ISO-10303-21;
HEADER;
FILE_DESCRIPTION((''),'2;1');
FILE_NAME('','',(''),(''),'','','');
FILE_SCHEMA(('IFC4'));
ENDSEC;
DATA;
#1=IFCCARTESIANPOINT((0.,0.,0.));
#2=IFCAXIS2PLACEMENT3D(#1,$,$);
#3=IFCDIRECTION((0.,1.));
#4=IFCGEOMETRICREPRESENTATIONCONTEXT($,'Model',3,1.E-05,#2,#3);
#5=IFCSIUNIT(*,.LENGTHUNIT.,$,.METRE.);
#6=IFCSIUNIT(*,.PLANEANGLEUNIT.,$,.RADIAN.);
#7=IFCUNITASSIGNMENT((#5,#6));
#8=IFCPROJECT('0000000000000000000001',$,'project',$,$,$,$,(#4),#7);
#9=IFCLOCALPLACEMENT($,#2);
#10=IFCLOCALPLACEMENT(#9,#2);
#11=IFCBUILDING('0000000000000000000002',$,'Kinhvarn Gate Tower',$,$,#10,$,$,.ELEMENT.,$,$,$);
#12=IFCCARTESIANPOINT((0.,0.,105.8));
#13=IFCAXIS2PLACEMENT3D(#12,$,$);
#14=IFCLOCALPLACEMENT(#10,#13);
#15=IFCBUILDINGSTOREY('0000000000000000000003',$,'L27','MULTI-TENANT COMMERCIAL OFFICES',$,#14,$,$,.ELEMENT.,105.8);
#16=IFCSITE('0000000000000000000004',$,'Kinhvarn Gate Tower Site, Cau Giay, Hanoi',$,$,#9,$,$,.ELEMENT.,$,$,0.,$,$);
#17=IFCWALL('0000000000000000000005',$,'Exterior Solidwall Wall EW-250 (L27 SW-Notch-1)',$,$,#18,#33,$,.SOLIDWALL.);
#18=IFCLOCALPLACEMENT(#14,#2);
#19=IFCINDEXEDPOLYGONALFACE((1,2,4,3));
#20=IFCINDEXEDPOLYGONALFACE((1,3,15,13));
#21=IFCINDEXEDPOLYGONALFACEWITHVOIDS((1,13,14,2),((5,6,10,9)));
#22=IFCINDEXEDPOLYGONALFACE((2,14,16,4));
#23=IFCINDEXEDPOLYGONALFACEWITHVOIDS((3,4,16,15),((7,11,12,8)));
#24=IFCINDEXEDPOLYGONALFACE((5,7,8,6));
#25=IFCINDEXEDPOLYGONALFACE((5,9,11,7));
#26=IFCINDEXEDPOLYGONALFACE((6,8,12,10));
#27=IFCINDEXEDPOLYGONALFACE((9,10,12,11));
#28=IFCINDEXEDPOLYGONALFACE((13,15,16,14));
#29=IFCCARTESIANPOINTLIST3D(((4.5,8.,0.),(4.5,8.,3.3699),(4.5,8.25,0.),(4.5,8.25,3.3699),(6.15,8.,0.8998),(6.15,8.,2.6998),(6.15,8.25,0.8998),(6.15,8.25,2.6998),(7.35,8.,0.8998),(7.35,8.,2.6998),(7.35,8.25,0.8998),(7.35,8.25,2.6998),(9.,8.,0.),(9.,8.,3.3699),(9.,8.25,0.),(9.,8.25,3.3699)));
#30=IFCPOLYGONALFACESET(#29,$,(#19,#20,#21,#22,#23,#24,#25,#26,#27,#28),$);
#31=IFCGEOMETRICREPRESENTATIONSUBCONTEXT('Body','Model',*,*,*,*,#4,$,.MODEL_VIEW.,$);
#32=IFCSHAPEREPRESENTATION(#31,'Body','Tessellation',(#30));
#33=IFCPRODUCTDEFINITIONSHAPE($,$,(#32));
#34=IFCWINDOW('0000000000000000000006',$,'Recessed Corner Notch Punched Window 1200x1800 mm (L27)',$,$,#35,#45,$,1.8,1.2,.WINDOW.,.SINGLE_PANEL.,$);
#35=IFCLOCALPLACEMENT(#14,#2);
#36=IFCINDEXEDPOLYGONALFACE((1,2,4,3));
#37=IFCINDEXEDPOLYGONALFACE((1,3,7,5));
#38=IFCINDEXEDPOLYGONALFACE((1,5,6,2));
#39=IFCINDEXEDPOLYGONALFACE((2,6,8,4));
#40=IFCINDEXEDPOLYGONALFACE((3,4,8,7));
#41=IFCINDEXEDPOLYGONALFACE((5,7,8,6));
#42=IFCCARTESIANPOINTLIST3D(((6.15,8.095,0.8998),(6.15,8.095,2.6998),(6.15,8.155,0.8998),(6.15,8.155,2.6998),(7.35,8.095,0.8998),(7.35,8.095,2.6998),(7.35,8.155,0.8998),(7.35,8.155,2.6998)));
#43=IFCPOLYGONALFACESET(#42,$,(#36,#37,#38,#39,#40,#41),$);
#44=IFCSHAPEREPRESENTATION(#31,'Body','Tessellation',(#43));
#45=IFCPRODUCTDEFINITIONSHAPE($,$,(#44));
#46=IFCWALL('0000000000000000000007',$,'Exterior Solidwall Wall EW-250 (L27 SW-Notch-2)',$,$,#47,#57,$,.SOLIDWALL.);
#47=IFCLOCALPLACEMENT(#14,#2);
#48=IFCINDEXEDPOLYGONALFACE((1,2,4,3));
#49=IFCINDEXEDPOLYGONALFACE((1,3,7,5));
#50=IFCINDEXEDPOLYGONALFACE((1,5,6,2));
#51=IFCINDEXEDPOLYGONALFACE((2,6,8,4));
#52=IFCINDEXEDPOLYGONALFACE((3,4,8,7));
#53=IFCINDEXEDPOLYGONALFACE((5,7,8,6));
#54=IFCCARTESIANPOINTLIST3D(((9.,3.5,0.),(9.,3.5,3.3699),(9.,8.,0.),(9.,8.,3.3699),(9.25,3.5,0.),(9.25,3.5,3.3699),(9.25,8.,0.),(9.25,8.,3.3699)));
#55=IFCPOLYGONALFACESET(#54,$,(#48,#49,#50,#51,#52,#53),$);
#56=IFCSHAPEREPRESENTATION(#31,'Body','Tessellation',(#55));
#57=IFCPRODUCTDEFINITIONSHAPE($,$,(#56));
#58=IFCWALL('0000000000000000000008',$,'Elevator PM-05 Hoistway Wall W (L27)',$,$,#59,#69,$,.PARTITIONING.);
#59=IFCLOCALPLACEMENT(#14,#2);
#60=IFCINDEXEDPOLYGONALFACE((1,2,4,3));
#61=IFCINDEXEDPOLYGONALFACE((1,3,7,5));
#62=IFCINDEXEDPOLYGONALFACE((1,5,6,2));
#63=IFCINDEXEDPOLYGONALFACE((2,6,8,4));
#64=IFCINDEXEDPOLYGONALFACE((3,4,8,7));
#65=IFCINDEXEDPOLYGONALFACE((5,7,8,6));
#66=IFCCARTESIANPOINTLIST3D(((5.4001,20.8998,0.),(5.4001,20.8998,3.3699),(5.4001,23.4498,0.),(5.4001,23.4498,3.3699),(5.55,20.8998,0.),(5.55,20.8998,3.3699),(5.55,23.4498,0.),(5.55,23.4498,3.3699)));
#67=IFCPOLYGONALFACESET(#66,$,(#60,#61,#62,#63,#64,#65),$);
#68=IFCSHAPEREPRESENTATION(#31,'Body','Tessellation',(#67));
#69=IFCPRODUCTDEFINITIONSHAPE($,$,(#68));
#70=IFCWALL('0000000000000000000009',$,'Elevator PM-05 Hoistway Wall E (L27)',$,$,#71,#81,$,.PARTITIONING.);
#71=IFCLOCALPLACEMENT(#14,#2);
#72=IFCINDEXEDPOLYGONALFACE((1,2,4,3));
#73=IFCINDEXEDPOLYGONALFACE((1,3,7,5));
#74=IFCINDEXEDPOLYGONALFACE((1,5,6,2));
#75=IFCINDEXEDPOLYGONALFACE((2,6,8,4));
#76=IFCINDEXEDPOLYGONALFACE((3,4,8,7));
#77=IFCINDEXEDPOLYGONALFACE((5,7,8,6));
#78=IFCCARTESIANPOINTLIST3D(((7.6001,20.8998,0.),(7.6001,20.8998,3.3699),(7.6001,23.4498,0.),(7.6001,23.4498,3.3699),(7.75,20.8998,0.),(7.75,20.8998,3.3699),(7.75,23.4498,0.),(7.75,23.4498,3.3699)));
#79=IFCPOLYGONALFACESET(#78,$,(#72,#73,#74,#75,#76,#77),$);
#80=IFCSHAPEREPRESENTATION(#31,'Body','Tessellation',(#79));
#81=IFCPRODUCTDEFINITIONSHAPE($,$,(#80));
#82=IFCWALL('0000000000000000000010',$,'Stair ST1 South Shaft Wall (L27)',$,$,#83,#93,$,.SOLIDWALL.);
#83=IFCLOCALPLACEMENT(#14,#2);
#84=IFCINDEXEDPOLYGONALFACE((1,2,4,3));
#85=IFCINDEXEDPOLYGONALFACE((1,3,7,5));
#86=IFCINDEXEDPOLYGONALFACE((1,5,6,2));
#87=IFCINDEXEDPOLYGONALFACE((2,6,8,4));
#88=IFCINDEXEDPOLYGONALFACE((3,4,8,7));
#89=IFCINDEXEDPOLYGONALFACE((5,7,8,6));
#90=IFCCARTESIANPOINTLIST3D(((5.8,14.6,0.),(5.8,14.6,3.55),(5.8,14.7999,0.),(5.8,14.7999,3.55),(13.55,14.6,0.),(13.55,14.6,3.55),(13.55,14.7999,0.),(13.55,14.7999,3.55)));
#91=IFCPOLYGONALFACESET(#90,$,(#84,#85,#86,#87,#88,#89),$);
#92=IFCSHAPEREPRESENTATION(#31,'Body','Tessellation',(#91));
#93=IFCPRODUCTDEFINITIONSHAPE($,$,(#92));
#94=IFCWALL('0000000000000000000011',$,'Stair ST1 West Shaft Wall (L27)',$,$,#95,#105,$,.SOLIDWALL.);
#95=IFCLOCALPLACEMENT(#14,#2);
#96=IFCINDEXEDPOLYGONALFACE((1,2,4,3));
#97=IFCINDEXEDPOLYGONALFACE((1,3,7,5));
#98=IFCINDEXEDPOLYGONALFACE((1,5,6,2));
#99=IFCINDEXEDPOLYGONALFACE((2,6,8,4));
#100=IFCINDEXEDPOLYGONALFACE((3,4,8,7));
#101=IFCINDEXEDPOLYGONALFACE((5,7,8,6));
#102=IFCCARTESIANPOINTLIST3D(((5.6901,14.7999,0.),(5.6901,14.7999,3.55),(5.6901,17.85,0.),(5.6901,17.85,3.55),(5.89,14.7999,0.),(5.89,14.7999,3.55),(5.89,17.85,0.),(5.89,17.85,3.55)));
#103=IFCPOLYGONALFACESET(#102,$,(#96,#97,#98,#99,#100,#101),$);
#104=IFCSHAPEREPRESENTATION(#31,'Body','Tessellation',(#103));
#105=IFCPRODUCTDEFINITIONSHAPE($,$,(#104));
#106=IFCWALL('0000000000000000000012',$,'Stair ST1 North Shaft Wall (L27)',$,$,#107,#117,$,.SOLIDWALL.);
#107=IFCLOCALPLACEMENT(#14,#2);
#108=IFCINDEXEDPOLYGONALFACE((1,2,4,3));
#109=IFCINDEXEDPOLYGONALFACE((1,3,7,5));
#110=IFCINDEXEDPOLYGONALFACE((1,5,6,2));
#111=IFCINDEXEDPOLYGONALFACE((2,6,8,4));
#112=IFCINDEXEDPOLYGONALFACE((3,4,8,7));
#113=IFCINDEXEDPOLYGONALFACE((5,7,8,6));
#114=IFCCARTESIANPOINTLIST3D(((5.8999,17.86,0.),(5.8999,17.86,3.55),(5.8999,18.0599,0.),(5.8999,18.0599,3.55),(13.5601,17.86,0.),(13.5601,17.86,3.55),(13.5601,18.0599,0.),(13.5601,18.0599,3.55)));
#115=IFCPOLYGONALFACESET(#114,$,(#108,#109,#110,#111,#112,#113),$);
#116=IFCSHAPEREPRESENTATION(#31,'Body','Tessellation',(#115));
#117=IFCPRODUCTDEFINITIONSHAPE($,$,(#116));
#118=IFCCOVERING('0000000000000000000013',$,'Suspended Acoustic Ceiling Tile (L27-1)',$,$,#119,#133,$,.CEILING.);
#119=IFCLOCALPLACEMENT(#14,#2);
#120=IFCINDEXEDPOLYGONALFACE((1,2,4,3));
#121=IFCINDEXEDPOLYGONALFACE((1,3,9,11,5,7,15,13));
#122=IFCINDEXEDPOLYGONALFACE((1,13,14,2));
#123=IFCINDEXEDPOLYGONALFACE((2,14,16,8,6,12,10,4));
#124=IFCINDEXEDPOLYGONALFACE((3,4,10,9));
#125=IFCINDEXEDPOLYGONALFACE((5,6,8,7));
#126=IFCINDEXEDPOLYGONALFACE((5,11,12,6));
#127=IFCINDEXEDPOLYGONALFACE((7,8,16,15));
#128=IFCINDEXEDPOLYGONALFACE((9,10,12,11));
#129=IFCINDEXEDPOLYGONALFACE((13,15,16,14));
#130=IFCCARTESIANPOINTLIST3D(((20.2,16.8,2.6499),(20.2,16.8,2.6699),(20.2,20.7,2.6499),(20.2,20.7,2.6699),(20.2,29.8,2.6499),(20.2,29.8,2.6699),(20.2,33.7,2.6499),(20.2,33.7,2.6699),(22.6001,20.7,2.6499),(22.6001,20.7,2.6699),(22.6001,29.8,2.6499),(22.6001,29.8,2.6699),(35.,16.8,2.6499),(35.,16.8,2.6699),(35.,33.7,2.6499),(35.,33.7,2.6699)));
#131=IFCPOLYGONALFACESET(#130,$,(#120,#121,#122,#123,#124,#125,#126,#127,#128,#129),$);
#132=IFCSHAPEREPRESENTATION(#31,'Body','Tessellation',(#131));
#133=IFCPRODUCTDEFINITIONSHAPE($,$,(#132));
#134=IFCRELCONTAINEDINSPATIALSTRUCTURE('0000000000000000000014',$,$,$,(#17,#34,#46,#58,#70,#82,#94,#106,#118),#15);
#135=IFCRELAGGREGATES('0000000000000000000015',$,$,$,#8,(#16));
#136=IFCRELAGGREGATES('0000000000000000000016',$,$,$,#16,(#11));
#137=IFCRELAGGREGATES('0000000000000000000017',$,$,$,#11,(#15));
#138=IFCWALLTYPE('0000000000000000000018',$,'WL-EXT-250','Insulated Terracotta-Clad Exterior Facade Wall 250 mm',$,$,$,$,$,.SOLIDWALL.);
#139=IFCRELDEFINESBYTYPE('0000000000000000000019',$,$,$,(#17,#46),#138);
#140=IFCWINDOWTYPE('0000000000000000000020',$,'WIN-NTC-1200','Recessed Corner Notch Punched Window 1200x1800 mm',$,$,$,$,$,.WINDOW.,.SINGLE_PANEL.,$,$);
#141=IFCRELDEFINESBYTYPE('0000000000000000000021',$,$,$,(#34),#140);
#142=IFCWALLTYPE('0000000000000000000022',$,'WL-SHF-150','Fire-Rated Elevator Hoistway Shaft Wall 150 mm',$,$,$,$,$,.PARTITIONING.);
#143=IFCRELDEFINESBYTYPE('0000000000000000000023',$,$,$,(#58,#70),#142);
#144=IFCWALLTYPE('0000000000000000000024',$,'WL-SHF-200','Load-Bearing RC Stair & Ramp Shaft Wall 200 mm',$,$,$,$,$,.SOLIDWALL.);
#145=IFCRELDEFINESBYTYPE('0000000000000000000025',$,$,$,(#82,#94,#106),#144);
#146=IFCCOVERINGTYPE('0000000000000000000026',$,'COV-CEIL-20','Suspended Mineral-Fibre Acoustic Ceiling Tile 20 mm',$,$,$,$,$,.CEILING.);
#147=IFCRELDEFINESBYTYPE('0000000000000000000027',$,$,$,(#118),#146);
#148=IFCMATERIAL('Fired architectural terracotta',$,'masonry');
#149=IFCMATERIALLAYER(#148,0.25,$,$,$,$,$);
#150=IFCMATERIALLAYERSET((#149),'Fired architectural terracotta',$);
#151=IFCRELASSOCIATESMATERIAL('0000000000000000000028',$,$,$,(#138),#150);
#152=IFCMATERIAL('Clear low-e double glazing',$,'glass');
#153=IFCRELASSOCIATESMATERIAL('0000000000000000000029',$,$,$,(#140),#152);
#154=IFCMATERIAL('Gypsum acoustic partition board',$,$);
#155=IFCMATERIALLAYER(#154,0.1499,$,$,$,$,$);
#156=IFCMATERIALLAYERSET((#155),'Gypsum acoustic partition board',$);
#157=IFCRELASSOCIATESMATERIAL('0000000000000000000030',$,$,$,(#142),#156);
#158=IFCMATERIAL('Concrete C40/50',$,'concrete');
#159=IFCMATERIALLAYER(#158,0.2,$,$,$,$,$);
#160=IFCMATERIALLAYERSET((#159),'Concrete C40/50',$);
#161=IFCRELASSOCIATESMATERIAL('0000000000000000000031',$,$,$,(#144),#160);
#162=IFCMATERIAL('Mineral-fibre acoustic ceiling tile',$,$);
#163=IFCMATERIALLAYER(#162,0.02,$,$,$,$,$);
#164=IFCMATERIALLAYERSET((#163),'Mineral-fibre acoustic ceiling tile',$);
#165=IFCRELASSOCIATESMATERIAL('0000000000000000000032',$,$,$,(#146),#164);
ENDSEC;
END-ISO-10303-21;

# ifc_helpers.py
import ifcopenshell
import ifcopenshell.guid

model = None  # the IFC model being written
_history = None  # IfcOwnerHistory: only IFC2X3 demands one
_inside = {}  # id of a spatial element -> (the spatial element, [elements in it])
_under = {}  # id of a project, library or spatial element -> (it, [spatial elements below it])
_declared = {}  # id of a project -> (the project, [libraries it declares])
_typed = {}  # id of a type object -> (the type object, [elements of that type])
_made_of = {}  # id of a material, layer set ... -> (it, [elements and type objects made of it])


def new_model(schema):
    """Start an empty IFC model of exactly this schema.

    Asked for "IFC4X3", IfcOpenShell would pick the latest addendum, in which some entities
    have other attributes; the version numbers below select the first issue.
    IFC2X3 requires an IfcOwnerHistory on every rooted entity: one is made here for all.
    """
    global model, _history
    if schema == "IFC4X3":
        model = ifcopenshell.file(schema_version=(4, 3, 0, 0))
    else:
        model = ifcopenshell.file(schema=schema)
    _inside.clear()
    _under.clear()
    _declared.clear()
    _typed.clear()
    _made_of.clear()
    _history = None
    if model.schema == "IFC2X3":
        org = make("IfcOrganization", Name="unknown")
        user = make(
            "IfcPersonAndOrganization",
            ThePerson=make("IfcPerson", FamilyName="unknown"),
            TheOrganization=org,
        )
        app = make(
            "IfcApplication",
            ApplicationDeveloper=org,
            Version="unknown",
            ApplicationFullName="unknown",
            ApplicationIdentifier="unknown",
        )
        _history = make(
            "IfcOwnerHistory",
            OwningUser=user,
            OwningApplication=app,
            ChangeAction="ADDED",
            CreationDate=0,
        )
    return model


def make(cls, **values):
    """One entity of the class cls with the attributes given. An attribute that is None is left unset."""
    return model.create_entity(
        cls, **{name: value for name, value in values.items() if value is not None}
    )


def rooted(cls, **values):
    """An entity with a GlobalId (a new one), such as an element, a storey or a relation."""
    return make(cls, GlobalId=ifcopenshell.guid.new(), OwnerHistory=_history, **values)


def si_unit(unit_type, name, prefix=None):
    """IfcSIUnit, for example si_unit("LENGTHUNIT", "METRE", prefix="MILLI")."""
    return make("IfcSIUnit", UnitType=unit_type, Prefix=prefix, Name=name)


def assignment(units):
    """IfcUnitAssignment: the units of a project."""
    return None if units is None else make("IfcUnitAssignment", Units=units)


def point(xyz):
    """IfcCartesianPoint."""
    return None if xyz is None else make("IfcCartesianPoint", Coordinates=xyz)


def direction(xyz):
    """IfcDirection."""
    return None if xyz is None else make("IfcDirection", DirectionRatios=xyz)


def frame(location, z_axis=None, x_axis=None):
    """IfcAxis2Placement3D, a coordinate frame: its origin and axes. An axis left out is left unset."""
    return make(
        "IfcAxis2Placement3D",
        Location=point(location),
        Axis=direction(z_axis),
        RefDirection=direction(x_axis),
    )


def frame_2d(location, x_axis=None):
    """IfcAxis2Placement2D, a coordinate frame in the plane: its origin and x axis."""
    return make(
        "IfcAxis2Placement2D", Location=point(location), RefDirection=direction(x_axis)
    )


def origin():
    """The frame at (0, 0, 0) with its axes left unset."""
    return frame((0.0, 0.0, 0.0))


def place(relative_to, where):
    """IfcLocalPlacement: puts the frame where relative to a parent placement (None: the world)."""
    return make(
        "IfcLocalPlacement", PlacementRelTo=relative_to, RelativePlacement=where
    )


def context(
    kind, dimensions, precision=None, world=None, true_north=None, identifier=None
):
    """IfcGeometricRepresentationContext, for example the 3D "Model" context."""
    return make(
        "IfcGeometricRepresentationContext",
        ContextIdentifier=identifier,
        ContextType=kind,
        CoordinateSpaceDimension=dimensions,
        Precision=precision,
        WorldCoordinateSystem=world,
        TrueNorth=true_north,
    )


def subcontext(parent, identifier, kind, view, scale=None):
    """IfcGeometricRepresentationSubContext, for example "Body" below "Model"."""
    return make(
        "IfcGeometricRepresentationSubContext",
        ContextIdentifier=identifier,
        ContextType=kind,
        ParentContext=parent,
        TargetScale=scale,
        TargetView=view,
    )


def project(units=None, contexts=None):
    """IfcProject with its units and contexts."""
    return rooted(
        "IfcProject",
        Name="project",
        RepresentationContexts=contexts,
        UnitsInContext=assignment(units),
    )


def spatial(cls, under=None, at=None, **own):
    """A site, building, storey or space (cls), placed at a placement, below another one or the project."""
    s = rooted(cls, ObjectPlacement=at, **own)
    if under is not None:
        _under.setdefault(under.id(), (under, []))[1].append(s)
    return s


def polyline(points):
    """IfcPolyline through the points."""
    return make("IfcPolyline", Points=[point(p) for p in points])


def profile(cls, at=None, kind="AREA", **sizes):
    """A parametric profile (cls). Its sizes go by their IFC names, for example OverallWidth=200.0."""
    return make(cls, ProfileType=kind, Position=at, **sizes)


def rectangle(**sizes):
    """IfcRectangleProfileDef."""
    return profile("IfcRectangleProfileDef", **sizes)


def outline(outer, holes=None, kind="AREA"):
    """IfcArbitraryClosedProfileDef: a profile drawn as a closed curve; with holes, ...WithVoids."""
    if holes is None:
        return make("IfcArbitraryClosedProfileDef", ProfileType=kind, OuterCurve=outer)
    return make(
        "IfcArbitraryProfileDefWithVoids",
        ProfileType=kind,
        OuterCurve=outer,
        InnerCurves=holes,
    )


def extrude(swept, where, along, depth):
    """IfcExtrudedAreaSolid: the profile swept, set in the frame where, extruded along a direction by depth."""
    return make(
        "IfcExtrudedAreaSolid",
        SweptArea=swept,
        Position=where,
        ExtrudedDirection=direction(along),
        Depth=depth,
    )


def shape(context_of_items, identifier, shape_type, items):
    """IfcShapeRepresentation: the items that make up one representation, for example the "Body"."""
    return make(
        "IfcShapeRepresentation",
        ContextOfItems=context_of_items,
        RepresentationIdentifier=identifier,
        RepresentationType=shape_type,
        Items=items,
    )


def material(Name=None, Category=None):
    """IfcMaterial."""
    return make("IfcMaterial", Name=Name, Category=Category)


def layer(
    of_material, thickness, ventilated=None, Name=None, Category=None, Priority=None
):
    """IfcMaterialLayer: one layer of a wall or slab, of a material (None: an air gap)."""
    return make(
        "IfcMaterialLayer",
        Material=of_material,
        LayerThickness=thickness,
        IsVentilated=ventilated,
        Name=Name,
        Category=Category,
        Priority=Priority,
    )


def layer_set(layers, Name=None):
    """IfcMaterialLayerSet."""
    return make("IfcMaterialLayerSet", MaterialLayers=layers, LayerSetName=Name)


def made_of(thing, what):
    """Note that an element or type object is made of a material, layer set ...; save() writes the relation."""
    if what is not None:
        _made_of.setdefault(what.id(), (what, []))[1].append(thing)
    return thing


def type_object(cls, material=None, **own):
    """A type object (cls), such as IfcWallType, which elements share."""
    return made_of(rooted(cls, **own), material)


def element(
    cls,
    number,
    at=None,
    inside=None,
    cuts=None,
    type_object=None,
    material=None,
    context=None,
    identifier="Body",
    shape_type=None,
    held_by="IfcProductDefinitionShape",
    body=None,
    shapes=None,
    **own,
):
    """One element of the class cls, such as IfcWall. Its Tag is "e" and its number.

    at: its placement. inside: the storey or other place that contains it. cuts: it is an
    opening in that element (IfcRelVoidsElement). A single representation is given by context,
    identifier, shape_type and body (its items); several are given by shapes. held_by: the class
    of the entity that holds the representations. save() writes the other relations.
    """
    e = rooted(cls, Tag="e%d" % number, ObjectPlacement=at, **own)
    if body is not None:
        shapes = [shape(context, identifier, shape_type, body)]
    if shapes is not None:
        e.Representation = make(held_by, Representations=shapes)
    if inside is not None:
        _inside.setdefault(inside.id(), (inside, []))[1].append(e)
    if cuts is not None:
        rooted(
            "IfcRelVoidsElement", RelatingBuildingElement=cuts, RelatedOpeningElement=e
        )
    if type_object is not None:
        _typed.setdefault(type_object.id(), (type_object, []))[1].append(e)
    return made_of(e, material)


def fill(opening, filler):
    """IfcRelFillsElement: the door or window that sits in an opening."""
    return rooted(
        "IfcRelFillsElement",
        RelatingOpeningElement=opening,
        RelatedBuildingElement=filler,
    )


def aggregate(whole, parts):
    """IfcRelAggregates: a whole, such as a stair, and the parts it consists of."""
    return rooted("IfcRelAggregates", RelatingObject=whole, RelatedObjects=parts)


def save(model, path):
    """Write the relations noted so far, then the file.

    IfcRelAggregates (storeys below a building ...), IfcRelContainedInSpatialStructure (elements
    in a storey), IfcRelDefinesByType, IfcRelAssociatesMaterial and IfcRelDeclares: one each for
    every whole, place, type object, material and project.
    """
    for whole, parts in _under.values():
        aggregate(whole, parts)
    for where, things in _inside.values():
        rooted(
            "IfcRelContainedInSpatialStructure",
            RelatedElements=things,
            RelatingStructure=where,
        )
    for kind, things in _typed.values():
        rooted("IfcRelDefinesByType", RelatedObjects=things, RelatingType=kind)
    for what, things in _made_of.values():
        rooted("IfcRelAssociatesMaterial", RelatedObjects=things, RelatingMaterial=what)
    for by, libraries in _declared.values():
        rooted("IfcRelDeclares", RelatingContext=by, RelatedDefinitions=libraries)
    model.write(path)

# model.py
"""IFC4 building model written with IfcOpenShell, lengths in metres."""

from ifc_helpers import new_model, si_unit, direction, frame, frame_2d, origin, place, context, subcontext, project, spatial, polyline, rectangle, outline, extrude, material, layer, layer_set, type_object, element, fill, save


model = new_model("IFC4")

# Units and contexts
model_context = context("Model", 3, precision=1e-05, world=origin(), true_north=direction((0.0, 1.0)))
body_context = subcontext(model_context, "Body", "Model", "MODEL_VIEW")
ifc_project = project(units=[si_unit("LENGTHUNIT", "METRE"), si_unit("PLANEANGLEUNIT", "RADIAN")], contexts=[model_context])

# Site, building, storey
site_placement = place(None, origin())
site = spatial("IfcSite", under=ifc_project, at=site_placement, Name="Kinhvarn Gate Tower Site, Cau Giay, Hanoi", CompositionType="ELEMENT", RefElevation=0.0)
building_placement = place(site_placement, origin())
building = spatial("IfcBuilding", under=site, at=building_placement, Name="Kinhvarn Gate Tower", CompositionType="ELEMENT")
storey_placement = place(building_placement, frame((0.0, 0.0, 105.8)))
storey = spatial("IfcBuildingStorey", under=building, at=storey_placement, Name="L27", Description="MULTI-TENANT COMMERCIAL OFFICES", CompositionType="ELEMENT", Elevation=105.8)

# Wall, opening, window
ifc_material_1 = material(Name="Fired architectural terracotta", Category="masonry")
ifc_layer_1 = layer(ifc_material_1, 0.25)
ifc_layer_set_1 = layer_set([ifc_layer_1], Name="Fired architectural terracotta")
wall_type_1 = type_object("IfcWallType", Name="WL-EXT-250", Description="Insulated Terracotta-Clad Exterior Facade Wall 250 mm", PredefinedType="SOLIDWALL", material=ifc_layer_set_1)
ifc_material_2 = material(Name="Clear low-e double glazing", Category="glass")
wall_1_placement = place(storey_placement, frame((4.5, 8.125, 0.0), z_axis=(0.0, 0.0, 1.0), x_axis=(1.0, 0.0, 0.0)))
wall_1 = element("IfcWall", 1, at=wall_1_placement, inside=storey, type_object=wall_type_1, Name="Exterior Solidwall Wall EW-250 (L27 SW-Notch-1)", PredefinedType="SOLIDWALL", context=body_context, shape_type="SweptSolid", body=[
    extrude(rectangle(XDim=4.5, YDim=0.25, at=frame_2d((2.25, 0.0))), origin(), (0.0, 0.0, 1.0), 3.3699),
])
opening_1_placement = place(wall_1_placement, frame((1.6499, 0.0, 0.8999)))
opening_1 = element("IfcOpeningElement", 2, at=opening_1_placement, cuts=wall_1, PredefinedType="OPENING", context=body_context, shape_type="SweptSolid", body=[
    extrude(rectangle(XDim=1.2, YDim=1.8, at=frame_2d((0.6001, 0.8999))), frame((0.0, 0.135, 0.0), z_axis=(0.0, -1.0, 0.0), x_axis=(1.0, 0.0, 0.0)), (0.0, 0.0, 1.0), 0.27),
])
window_type_1 = type_object("IfcWindowType", Name="WIN-NTC-1200", Description="Recessed Corner Notch Punched Window 1200x1800 mm", PartitioningType="SINGLE_PANEL", PredefinedType="WINDOW", material=ifc_material_2)
window_1_placement = place(opening_1_placement, origin())
window_1 = element("IfcWindow", 3, at=window_1_placement, inside=storey, type_object=window_type_1, Name="Recessed Corner Notch Punched Window 1200x1800 mm (L27)", OverallHeight=1.8, OverallWidth=1.2, PartitioningType="SINGLE_PANEL", PredefinedType="WINDOW", context=body_context, shape_type="SweptSolid", body=[
    extrude(rectangle(XDim=1.2, YDim=1.8, at=frame_2d((0.6001, 0.8999))), frame((0.0, 0.03, 0.0), z_axis=(0.0, -1.0, 0.0), x_axis=(1.0, 0.0, 0.0)), (0.0, 0.0, 1.0), 0.0601),
])
fill(opening_1, window_1)

# Walls
wall_2_placement = place(storey_placement, frame((9.125, 8.0, 0.0), z_axis=(0.0, 0.0, 1.0), x_axis=(0.0, -1.0, 0.0)))
element("IfcWall", 4, at=wall_2_placement, inside=storey, type_object=wall_type_1, Name="Exterior Solidwall Wall EW-250 (L27 SW-Notch-2)", PredefinedType="SOLIDWALL", context=body_context, shape_type="SweptSolid", body=[
    extrude(rectangle(XDim=4.5, YDim=0.25, at=frame_2d((2.25, 0.0))), origin(), (0.0, 0.0, 1.0), 3.3699),
])
ifc_material_3 = material(Name="Gypsum acoustic partition board")
ifc_layer_2 = layer(ifc_material_3, 0.1499)
ifc_layer_set_2 = layer_set([ifc_layer_2], Name="Gypsum acoustic partition board")
wall_type_2 = type_object("IfcWallType", Name="WL-SHF-150", Description="Fire-Rated Elevator Hoistway Shaft Wall 150 mm", PredefinedType="PARTITIONING", material=ifc_layer_set_2)
for number, where, z_axis, x_axis, name in (
    (5, (5.4751, 20.8999, 0.0), (0.0, 0.0, 1.0), (0.0, 1.0, 0.0), "Elevator PM-05 Hoistway Wall W (L27)"),
    (6, (7.675, 20.8999, 0.0), (0.0, 0.0, 1.0), (0.0, 1.0, 0.0), "Elevator PM-05 Hoistway Wall E (L27)"),
):
    element("IfcWall", number, at=place(storey_placement, frame(where, z_axis=z_axis, x_axis=x_axis)), inside=storey, type_object=wall_type_2, Name=name, PredefinedType="PARTITIONING", context=body_context, shape_type="SweptSolid", body=[
        extrude(rectangle(XDim=2.55, YDim=0.1499, at=frame_2d((1.2749, 0.0))), origin(), (0.0, 0.0, 1.0), 3.3699),
    ])
ifc_material_4 = material(Name="Concrete C40/50", Category="concrete")
ifc_layer_3 = layer(ifc_material_4, 0.2)
ifc_layer_set_3 = layer_set([ifc_layer_3], Name="Concrete C40/50")
wall_type_3 = type_object("IfcWallType", Name="WL-SHF-200", Description="Load-Bearing RC Stair & Ramp Shaft Wall 200 mm", PredefinedType="SOLIDWALL", material=ifc_layer_set_3)
wall_3_placement = place(storey_placement, frame((5.8, 14.7, 0.0), z_axis=(0.0, 0.0, 1.0), x_axis=(1.0, 0.0, 0.0)))
element("IfcWall", 7, at=wall_3_placement, inside=storey, type_object=wall_type_3, Name="Stair ST1 South Shaft Wall (L27)", PredefinedType="SOLIDWALL", context=body_context, shape_type="SweptSolid", body=[
    extrude(rectangle(XDim=7.75, YDim=0.2, at=frame_2d((3.875, 0.0))), origin(), (0.0, 0.0, 1.0), 3.55),
])
wall_4_placement = place(storey_placement, frame((5.79, 14.8, 0.0), z_axis=(0.0, 0.0, 1.0), x_axis=(0.0, 1.0, 0.0)))
element("IfcWall", 8, at=wall_4_placement, inside=storey, type_object=wall_type_3, Name="Stair ST1 West Shaft Wall (L27)", PredefinedType="SOLIDWALL", context=body_context, shape_type="SweptSolid", body=[
    extrude(rectangle(XDim=3.05, YDim=0.2, at=frame_2d((1.5249, 0.0))), origin(), (0.0, 0.0, 1.0), 3.55),
])
wall_5_placement = place(storey_placement, frame((5.8999, 17.96, 0.0), z_axis=(0.0, 0.0, 1.0), x_axis=(1.0, 0.0, 0.0)))
element("IfcWall", 9, at=wall_5_placement, inside=storey, type_object=wall_type_3, Name="Stair ST1 North Shaft Wall (L27)", PredefinedType="SOLIDWALL", context=body_context, shape_type="SweptSolid", body=[
    extrude(rectangle(XDim=7.6602, YDim=0.2, at=frame_2d((3.8301, 0.0))), origin(), (0.0, 0.0, 1.0), 3.55),
])

# Covering
ifc_material_5 = material(Name="Mineral-fibre acoustic ceiling tile")
ifc_layer_4 = layer(ifc_material_5, 0.02)
ifc_layer_set_4 = layer_set([ifc_layer_4], Name="Mineral-fibre acoustic ceiling tile")
covering_type = type_object("IfcCoveringType", Name="COV-CEIL-20", Description="Suspended Mineral-Fibre Acoustic Ceiling Tile 20 mm", PredefinedType="CEILING", material=ifc_layer_set_4)
covering_placement = place(storey_placement, frame((0.0, 0.0, 2.6499)))
element("IfcCovering", 10, at=covering_placement, inside=storey, type_object=covering_type, Name="Suspended Acoustic Ceiling Tile (L27-1)", PredefinedType="CEILING", context=body_context, shape_type="SweptSolid", body=[
    extrude(outline(polyline([(35.0, 33.7), (35.0, 16.8), (20.2, 16.8), (20.2, 20.7), (22.6001, 20.7), (22.6001, 29.8), (20.2, 29.8), (20.2, 33.7), (35.0, 33.7)])), origin(), (0.0, 0.0, 1.0), 0.02),
])

save(model, "model.ifc")
